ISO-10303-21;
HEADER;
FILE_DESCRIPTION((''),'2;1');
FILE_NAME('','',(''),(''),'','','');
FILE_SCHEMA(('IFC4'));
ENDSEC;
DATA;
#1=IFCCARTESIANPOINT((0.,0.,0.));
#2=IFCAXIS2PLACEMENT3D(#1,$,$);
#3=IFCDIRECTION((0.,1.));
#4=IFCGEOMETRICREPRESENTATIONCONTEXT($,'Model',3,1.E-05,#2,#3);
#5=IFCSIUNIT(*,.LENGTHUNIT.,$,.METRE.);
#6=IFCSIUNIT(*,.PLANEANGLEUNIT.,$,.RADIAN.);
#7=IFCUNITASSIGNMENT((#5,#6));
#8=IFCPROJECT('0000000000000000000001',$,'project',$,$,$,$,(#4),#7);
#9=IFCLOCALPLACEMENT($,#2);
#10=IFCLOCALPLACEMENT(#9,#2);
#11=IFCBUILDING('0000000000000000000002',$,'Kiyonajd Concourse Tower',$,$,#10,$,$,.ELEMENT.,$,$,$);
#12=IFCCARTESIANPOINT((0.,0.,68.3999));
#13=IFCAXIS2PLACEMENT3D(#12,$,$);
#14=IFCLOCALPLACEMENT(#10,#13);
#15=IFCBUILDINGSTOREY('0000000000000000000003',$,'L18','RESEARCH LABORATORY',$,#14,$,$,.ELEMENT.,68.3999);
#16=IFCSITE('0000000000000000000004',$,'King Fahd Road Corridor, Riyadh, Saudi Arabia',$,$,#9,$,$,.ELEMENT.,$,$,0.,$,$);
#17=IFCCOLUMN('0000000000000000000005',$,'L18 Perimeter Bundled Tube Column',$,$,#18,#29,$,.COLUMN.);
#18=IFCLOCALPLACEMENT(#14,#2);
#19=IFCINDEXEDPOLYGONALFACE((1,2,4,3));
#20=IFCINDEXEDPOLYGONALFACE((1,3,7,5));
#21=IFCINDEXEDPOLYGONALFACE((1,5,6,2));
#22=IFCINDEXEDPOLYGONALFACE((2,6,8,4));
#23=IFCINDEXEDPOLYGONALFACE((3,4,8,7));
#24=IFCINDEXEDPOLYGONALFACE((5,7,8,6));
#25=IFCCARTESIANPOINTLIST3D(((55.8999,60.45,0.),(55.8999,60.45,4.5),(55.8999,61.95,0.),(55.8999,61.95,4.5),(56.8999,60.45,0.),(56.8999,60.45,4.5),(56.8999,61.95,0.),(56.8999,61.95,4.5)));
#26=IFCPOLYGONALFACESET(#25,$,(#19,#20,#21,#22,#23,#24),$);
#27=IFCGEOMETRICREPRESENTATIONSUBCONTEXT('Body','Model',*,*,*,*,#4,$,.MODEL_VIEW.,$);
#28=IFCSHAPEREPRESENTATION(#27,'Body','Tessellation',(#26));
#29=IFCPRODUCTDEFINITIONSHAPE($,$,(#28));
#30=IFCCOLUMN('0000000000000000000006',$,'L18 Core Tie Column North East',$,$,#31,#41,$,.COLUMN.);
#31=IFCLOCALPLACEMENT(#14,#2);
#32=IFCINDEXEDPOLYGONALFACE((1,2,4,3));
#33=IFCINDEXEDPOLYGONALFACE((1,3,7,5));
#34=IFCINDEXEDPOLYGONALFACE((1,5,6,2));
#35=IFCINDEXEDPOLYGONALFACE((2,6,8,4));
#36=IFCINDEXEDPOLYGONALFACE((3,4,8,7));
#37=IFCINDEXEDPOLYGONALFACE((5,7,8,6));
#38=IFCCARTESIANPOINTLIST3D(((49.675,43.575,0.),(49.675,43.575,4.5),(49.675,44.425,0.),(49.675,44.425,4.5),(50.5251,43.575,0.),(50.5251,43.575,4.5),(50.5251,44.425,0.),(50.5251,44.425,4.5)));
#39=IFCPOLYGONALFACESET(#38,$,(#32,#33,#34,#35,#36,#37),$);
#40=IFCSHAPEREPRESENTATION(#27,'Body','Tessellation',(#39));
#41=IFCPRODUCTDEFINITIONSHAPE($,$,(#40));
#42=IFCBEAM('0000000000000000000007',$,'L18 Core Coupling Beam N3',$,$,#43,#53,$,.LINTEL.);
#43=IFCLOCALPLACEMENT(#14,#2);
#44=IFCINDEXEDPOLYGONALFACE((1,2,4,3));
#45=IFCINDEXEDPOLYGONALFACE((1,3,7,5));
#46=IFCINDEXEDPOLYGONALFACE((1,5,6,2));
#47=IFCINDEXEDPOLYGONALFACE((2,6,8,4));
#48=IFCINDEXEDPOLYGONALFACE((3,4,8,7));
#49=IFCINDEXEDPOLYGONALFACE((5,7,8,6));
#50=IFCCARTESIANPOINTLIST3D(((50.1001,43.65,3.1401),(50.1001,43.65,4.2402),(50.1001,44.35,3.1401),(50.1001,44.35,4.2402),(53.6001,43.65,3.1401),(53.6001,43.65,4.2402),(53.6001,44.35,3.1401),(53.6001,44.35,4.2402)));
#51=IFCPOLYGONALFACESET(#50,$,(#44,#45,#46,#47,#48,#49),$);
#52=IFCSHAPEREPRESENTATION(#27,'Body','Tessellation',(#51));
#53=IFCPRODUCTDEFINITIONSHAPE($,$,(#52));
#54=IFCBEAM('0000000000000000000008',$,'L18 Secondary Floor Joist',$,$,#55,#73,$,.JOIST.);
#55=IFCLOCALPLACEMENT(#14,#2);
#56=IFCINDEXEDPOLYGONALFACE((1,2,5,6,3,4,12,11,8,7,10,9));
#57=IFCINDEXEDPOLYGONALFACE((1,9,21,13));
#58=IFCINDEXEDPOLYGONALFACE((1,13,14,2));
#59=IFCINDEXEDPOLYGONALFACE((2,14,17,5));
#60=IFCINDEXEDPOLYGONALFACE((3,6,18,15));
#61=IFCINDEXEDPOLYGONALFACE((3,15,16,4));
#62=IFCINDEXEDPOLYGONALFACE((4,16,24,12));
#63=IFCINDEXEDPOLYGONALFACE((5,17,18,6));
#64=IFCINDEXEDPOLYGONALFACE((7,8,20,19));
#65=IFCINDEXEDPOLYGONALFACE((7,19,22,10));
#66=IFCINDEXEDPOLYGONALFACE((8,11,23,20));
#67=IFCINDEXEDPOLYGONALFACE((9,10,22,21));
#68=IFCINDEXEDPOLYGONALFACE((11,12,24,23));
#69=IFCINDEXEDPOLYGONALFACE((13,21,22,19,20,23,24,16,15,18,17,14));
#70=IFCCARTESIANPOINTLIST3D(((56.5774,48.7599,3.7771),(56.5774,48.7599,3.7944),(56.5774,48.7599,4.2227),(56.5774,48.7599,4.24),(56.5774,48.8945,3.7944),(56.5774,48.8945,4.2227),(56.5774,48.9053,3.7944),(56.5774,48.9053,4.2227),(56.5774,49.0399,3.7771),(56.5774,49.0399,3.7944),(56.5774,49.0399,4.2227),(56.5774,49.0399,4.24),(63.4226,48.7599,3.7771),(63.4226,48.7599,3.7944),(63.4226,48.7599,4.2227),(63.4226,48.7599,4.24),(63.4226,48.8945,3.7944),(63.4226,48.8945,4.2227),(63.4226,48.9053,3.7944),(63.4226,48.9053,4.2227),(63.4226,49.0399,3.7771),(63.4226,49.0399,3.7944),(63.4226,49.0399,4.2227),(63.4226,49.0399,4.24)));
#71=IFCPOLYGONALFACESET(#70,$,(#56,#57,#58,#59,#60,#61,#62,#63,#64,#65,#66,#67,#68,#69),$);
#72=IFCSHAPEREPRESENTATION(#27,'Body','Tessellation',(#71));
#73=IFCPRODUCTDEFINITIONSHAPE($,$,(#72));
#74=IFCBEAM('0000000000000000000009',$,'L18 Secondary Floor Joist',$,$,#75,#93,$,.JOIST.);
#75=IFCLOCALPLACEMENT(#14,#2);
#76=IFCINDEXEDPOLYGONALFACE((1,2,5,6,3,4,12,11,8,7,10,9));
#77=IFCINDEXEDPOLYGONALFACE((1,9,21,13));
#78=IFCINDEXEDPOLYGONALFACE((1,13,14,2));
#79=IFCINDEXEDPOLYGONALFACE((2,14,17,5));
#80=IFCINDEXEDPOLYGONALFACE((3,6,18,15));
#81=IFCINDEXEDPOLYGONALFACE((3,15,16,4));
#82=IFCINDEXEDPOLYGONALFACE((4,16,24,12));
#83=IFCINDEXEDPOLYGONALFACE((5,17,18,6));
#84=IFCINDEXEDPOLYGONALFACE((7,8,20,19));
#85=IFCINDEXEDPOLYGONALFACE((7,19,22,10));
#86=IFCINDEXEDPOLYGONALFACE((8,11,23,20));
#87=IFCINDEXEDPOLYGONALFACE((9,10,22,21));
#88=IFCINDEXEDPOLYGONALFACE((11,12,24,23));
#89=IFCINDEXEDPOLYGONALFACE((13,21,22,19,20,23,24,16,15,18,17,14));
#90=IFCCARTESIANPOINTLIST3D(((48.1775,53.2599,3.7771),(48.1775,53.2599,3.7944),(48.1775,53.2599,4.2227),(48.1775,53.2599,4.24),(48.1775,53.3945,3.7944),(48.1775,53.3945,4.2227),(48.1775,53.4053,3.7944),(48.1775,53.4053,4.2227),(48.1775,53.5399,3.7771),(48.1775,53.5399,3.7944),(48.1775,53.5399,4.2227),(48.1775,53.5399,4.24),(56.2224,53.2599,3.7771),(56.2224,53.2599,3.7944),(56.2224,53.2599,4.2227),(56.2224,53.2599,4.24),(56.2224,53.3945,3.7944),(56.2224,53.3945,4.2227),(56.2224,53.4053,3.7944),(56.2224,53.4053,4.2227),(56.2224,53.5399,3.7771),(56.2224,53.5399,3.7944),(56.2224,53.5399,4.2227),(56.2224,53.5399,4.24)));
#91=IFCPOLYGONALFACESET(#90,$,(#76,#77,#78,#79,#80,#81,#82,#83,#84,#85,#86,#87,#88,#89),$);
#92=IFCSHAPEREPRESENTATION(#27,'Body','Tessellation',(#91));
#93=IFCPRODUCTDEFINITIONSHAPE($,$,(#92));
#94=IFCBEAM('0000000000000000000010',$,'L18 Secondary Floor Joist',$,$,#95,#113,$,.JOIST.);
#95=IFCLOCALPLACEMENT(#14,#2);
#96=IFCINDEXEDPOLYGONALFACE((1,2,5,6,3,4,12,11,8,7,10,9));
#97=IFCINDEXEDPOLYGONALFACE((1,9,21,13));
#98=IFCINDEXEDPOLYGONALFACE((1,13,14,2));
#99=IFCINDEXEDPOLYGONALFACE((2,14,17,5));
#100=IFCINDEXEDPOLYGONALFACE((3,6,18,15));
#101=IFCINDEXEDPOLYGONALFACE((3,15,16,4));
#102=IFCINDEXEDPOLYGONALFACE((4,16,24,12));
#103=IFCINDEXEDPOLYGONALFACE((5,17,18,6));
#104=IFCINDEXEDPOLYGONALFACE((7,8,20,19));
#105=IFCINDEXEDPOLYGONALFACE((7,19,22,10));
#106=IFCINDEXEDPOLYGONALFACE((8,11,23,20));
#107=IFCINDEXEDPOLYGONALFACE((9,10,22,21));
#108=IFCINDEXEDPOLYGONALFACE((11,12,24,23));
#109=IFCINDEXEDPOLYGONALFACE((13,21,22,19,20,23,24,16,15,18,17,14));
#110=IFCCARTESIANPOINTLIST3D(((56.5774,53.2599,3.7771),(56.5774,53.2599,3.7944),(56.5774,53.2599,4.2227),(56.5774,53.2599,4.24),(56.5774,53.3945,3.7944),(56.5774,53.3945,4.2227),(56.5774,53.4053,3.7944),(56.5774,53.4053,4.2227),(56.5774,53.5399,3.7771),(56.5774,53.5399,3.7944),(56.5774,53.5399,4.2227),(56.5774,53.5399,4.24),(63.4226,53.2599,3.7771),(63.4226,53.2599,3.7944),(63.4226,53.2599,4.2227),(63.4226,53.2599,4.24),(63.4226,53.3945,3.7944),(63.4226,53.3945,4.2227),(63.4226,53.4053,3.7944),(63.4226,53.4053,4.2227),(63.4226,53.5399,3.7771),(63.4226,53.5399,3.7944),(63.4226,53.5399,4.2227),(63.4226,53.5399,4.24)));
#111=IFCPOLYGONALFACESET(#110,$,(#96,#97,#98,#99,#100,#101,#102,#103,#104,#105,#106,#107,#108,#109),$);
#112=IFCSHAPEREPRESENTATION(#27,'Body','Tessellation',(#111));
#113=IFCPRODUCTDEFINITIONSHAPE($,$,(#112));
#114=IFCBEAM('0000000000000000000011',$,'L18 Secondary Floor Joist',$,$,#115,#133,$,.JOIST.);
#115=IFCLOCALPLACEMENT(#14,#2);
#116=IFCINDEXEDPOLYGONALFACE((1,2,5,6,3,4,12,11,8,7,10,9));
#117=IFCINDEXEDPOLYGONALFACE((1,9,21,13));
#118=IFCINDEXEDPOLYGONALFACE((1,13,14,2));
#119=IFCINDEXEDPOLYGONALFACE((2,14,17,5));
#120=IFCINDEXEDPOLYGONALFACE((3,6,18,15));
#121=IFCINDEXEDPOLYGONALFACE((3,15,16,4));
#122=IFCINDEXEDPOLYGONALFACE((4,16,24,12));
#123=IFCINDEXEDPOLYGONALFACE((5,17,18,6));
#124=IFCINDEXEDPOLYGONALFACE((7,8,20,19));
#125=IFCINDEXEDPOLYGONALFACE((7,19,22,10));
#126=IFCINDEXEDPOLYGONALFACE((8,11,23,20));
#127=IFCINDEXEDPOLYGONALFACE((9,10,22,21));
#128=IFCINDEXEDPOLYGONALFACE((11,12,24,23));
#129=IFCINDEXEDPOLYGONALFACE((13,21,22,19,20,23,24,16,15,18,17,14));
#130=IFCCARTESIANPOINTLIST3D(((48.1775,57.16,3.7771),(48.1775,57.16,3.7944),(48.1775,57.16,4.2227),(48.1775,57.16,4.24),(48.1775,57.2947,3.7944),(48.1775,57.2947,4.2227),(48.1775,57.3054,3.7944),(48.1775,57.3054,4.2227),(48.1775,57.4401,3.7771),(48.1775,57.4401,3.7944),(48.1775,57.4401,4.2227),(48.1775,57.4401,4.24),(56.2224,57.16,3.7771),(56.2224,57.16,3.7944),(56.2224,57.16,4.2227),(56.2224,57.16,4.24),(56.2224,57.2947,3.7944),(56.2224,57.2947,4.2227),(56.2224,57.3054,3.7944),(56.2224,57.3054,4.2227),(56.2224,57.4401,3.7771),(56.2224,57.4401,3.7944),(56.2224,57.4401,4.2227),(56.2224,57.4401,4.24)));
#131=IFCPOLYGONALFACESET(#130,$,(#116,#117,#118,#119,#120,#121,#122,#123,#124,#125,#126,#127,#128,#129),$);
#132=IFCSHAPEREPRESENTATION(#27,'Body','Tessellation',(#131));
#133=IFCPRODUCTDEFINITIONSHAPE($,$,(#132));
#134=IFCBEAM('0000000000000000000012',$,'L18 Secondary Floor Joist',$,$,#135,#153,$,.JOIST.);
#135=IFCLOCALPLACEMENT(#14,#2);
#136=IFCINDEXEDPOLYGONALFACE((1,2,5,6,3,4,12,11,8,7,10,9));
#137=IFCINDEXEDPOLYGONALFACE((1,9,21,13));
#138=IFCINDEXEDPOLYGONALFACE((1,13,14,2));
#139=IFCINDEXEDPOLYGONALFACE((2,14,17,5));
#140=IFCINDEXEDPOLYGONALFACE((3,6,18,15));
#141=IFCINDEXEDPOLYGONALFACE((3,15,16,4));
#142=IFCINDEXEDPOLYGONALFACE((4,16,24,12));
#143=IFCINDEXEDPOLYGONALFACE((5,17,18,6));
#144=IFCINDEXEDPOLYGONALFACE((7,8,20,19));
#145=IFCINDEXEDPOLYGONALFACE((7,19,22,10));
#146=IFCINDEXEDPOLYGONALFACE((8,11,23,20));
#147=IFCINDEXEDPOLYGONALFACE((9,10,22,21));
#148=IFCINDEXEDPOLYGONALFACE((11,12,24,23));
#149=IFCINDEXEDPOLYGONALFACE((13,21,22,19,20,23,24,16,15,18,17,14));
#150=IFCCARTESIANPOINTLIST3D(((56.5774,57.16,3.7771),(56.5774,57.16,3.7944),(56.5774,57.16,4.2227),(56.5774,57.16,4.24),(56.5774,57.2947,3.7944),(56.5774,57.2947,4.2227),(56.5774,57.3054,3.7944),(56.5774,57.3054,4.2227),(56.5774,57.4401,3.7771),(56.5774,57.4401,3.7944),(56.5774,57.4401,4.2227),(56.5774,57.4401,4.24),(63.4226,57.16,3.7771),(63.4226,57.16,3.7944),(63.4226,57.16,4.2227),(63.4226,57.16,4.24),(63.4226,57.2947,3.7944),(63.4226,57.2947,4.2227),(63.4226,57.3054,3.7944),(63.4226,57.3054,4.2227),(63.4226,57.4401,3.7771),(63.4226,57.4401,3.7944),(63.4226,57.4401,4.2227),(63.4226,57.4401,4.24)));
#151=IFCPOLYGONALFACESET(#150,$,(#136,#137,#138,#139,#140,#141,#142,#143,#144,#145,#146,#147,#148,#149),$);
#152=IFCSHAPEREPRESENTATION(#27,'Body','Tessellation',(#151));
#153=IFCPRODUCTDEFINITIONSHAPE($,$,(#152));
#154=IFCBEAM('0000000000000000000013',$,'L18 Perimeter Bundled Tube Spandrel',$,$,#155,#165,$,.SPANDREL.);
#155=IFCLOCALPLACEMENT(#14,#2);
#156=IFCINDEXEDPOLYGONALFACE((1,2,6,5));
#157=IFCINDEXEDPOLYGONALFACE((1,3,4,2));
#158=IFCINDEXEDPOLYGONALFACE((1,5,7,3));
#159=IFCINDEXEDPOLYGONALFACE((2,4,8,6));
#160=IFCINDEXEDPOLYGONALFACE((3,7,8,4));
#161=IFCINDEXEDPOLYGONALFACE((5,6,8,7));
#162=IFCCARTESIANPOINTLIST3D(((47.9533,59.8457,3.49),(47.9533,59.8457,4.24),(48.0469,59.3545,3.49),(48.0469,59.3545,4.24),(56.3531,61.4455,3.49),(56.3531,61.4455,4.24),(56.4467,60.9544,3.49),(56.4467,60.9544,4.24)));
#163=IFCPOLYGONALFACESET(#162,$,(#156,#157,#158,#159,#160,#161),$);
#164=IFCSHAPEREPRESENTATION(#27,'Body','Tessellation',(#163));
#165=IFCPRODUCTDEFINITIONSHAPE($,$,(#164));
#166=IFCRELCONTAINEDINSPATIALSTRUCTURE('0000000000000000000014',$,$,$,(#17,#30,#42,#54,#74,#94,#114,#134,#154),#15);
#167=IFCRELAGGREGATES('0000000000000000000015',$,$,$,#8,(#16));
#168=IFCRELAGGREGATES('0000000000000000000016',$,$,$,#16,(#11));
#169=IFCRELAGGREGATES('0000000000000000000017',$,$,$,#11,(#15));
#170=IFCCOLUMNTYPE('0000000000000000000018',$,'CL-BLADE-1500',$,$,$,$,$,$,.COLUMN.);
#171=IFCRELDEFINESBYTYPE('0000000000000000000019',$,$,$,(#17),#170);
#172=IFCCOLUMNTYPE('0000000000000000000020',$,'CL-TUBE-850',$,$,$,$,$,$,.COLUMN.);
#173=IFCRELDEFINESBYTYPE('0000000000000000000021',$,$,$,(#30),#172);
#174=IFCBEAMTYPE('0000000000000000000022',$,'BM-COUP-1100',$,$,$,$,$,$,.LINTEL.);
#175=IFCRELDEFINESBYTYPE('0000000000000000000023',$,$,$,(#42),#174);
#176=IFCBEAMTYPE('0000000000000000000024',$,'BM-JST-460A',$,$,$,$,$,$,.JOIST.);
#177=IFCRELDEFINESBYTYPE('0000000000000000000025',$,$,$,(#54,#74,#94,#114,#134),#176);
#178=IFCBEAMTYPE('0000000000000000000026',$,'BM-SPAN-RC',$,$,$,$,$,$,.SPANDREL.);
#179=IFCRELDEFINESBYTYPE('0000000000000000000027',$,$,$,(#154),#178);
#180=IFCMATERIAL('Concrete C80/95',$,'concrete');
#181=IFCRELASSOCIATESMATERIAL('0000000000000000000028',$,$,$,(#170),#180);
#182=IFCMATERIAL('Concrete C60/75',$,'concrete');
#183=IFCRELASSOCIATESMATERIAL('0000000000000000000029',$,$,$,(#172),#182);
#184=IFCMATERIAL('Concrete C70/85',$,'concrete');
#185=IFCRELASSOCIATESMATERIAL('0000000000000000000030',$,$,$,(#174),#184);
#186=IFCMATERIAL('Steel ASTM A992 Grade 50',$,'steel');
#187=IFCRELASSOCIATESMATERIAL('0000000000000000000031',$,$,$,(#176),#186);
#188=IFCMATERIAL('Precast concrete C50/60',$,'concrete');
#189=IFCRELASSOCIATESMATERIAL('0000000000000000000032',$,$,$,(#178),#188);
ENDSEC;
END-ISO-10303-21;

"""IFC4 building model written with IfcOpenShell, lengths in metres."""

from ifc_helpers import new_model, si_unit, direction, frame, origin, origin_2d, place, context, subcontext, project, spatial, rectangle, i_section, extrude, material, material_profile, profile_set, type_object, element, save


model = new_model("IFC4")

# Units and contexts
model_context = context("Model", 3, precision=1e-05, world=origin(), true_north=direction((0.0, 1.0)))
body_context = subcontext(model_context, "Body", "Model", "MODEL_VIEW")
ifc_project = project(units=[si_unit("LENGTHUNIT", "METRE"), si_unit("PLANEANGLEUNIT", "RADIAN")], contexts=[model_context])

# Site, building, storey
site_placement = place(None, origin())
site = spatial("IfcSite", under=ifc_project, at=site_placement, Name="King Fahd Road Corridor, Riyadh, Saudi Arabia", CompositionType="ELEMENT", RefElevation=0.0)
building_placement = place(site_placement, origin())
building = spatial("IfcBuilding", under=site, at=building_placement, Name="Kiyonajd Concourse Tower", CompositionType="ELEMENT")
storey_placement = place(building_placement, frame((0.0, 0.0, 68.3999)))
storey = spatial("IfcBuildingStorey", under=building, at=storey_placement, Name="L18", Description="RESEARCH LABORATORY", CompositionType="ELEMENT", Elevation=68.3999)

# Columns
ifc_material_1 = material(Name="Concrete C80/95", Category="concrete")
ifc_material_profile_1 = material_profile(ifc_material_1, rectangle(XDim=1.0, YDim=1.5, at=origin_2d()), Name="RC-1500x1000")
ifc_profile_set_1 = profile_set([ifc_material_profile_1], Name="Concrete C80/95")
column_type_1 = type_object("IfcColumnType", Name="CL-BLADE-1500", PredefinedType="COLUMN", material=ifc_profile_set_1)
column_1_placement = place(storey_placement, frame((56.3999, 61.2, 0.0), z_axis=(0.0, 0.0, 1.0), x_axis=(1.0, 0.0, 0.0)))
element("IfcColumn", 1, at=column_1_placement, inside=storey, type_object=column_type_1, Name="L18 Perimeter Bundled Tube Column", PredefinedType="COLUMN", context=body_context, shape_type="SweptSolid", body=[
    extrude(rectangle(XDim=1.0, YDim=1.5, at=origin_2d()), origin(), (0.0, 0.0, 1.0), 4.5),
])
ifc_material_2 = material(Name="Concrete C60/75", Category="concrete")
ifc_material_profile_2 = material_profile(ifc_material_2, rectangle(XDim=0.8501, YDim=0.8501, at=origin_2d()), Name="RC-850x850")
ifc_profile_set_2 = profile_set([ifc_material_profile_2], Name="Concrete C60/75")
column_type_2 = type_object("IfcColumnType", Name="CL-TUBE-850", PredefinedType="COLUMN", material=ifc_profile_set_2)
column_2_placement = place(storey_placement, frame((50.1001, 44.0, 0.0), z_axis=(0.0, 0.0, 1.0), x_axis=(1.0, 0.0, 0.0)))
element("IfcColumn", 2, at=column_2_placement, inside=storey, type_object=column_type_2, Name="L18 Core Tie Column North East", PredefinedType="COLUMN", context=body_context, shape_type="SweptSolid", body=[
    extrude(rectangle(XDim=0.8501, YDim=0.8501, at=origin_2d()), origin(), (0.0, 0.0, 1.0), 4.5),
])

# Beams
ifc_material_3 = material(Name="Concrete C70/85", Category="concrete")
ifc_material_profile_3 = material_profile(ifc_material_3, rectangle(XDim=0.7, YDim=1.1001, at=origin_2d()), Name="RCBM-700x1100")
ifc_profile_set_3 = profile_set([ifc_material_profile_3], Name="Concrete C70/85")
beam_type_1 = type_object("IfcBeamType", Name="BM-COUP-1100", PredefinedType="LINTEL", material=ifc_profile_set_3)
beam_1_placement = place(storey_placement, frame((50.1001, 44.0, 3.6902), z_axis=(1.0, 0.0, 0.0), x_axis=(0.0, 1.0, 0.0)))
element("IfcBeam", 3, at=beam_1_placement, inside=storey, type_object=beam_type_1, Name="L18 Core Coupling Beam N3", PredefinedType="LINTEL", context=body_context, shape_type="SweptSolid", body=[
    extrude(rectangle(XDim=0.7, YDim=1.1001, at=origin_2d()), origin(), (0.0, 0.0, 1.0), 3.5),
])
ifc_material_4 = material(Name="Steel ASTM A992 Grade 50", Category="steel")
ifc_material_profile_4 = material_profile(ifc_material_4, i_section(OverallWidth=0.28, OverallDepth=0.4629, WebThickness=0.0107, FlangeThickness=0.0173, at=origin_2d()), Name="W460X113")
ifc_profile_set_4 = profile_set([ifc_material_profile_4], Name="Steel ASTM A992 Grade 50")
beam_type_2 = type_object("IfcBeamType", Name="BM-JST-460A", PredefinedType="JOIST", material=ifc_profile_set_4)
beam_2_placement = place(storey_placement, frame((56.5774, 48.8999, 4.0085), z_axis=(1.0, 0.0, 0.0), x_axis=(0.0, 1.0, 0.0)))
element("IfcBeam", 4, at=beam_2_placement, inside=storey, type_object=beam_type_2, Name="L18 Secondary Floor Joist", PredefinedType="JOIST", context=body_context, shape_type="SweptSolid", body=[
    extrude(i_section(OverallWidth=0.28, OverallDepth=0.4629, WebThickness=0.0107, FlangeThickness=0.0173, at=origin_2d()), origin(), (0.0, 0.0, 1.0), 6.8452),
])
beam_3_placement = place(storey_placement, frame((48.1775, 53.3999, 4.0085), z_axis=(1.0, 0.0, 0.0), x_axis=(0.0, 1.0, 0.0)))
element("IfcBeam", 5, at=beam_3_placement, inside=storey, type_object=beam_type_2, Name="L18 Secondary Floor Joist", PredefinedType="JOIST", context=body_context, shape_type="SweptSolid", body=[
    extrude(i_section(OverallWidth=0.28, OverallDepth=0.4629, WebThickness=0.0107, FlangeThickness=0.0173, at=origin_2d()), origin(), (0.0, 0.0, 1.0), 8.0449),
])
beam_4_placement = place(storey_placement, frame((56.5774, 53.3999, 4.0085), z_axis=(1.0, 0.0, 0.0), x_axis=(0.0, 1.0, 0.0)))
element("IfcBeam", 6, at=beam_4_placement, inside=storey, type_object=beam_type_2, Name="L18 Secondary Floor Joist", PredefinedType="JOIST", context=body_context, shape_type="SweptSolid", body=[
    extrude(i_section(OverallWidth=0.28, OverallDepth=0.4629, WebThickness=0.0107, FlangeThickness=0.0173, at=origin_2d()), origin(), (0.0, 0.0, 1.0), 6.8452),
])
beam_5_placement = place(storey_placement, frame((48.1775, 57.3, 4.0085), z_axis=(1.0, 0.0, 0.0), x_axis=(0.0, 1.0, 0.0)))
element("IfcBeam", 7, at=beam_5_placement, inside=storey, type_object=beam_type_2, Name="L18 Secondary Floor Joist", PredefinedType="JOIST", context=body_context, shape_type="SweptSolid", body=[
    extrude(i_section(OverallWidth=0.28, OverallDepth=0.4629, WebThickness=0.0107, FlangeThickness=0.0173, at=origin_2d()), origin(), (0.0, 0.0, 1.0), 8.0449),
])
beam_6_placement = place(storey_placement, frame((56.5774, 57.3, 4.0085), z_axis=(1.0, 0.0, 0.0), x_axis=(0.0, 1.0, 0.0)))
element("IfcBeam", 8, at=beam_6_placement, inside=storey, type_object=beam_type_2, Name="L18 Secondary Floor Joist", PredefinedType="JOIST", context=body_context, shape_type="SweptSolid", body=[
    extrude(i_section(OverallWidth=0.28, OverallDepth=0.4629, WebThickness=0.0107, FlangeThickness=0.0173, at=origin_2d()), origin(), (0.0, 0.0, 1.0), 6.8452),
])
ifc_material_5 = material(Name="Precast concrete C50/60", Category="concrete")
ifc_material_profile_5 = material_profile(ifc_material_5, rectangle(XDim=0.5, YDim=0.75, at=origin_2d()), Name="RCBM-500x750")
ifc_profile_set_5 = profile_set([ifc_material_profile_5], Name="Precast concrete C50/60")
beam_type_3 = type_object("IfcBeamType", Name="BM-SPAN-RC", PredefinedType="SPANDREL", material=ifc_profile_set_5)
beam_7_placement = place(storey_placement, frame((56.3999, 61.2, 3.865), z_axis=(-0.982341, -0.187098, 0.0), x_axis=(0.187098, -0.982341, 0.0)))
element("IfcBeam", 9, at=beam_7_placement, inside=storey, type_object=beam_type_3, Name="L18 Perimeter Bundled Tube Spandrel", PredefinedType="SPANDREL", context=body_context, shape_type="SweptSolid", body=[
    extrude(rectangle(XDim=0.5, YDim=0.75, at=origin_2d()), origin(), (0.0, 0.0, 1.0), 8.5508),
])

save(model, "model.ifc")
